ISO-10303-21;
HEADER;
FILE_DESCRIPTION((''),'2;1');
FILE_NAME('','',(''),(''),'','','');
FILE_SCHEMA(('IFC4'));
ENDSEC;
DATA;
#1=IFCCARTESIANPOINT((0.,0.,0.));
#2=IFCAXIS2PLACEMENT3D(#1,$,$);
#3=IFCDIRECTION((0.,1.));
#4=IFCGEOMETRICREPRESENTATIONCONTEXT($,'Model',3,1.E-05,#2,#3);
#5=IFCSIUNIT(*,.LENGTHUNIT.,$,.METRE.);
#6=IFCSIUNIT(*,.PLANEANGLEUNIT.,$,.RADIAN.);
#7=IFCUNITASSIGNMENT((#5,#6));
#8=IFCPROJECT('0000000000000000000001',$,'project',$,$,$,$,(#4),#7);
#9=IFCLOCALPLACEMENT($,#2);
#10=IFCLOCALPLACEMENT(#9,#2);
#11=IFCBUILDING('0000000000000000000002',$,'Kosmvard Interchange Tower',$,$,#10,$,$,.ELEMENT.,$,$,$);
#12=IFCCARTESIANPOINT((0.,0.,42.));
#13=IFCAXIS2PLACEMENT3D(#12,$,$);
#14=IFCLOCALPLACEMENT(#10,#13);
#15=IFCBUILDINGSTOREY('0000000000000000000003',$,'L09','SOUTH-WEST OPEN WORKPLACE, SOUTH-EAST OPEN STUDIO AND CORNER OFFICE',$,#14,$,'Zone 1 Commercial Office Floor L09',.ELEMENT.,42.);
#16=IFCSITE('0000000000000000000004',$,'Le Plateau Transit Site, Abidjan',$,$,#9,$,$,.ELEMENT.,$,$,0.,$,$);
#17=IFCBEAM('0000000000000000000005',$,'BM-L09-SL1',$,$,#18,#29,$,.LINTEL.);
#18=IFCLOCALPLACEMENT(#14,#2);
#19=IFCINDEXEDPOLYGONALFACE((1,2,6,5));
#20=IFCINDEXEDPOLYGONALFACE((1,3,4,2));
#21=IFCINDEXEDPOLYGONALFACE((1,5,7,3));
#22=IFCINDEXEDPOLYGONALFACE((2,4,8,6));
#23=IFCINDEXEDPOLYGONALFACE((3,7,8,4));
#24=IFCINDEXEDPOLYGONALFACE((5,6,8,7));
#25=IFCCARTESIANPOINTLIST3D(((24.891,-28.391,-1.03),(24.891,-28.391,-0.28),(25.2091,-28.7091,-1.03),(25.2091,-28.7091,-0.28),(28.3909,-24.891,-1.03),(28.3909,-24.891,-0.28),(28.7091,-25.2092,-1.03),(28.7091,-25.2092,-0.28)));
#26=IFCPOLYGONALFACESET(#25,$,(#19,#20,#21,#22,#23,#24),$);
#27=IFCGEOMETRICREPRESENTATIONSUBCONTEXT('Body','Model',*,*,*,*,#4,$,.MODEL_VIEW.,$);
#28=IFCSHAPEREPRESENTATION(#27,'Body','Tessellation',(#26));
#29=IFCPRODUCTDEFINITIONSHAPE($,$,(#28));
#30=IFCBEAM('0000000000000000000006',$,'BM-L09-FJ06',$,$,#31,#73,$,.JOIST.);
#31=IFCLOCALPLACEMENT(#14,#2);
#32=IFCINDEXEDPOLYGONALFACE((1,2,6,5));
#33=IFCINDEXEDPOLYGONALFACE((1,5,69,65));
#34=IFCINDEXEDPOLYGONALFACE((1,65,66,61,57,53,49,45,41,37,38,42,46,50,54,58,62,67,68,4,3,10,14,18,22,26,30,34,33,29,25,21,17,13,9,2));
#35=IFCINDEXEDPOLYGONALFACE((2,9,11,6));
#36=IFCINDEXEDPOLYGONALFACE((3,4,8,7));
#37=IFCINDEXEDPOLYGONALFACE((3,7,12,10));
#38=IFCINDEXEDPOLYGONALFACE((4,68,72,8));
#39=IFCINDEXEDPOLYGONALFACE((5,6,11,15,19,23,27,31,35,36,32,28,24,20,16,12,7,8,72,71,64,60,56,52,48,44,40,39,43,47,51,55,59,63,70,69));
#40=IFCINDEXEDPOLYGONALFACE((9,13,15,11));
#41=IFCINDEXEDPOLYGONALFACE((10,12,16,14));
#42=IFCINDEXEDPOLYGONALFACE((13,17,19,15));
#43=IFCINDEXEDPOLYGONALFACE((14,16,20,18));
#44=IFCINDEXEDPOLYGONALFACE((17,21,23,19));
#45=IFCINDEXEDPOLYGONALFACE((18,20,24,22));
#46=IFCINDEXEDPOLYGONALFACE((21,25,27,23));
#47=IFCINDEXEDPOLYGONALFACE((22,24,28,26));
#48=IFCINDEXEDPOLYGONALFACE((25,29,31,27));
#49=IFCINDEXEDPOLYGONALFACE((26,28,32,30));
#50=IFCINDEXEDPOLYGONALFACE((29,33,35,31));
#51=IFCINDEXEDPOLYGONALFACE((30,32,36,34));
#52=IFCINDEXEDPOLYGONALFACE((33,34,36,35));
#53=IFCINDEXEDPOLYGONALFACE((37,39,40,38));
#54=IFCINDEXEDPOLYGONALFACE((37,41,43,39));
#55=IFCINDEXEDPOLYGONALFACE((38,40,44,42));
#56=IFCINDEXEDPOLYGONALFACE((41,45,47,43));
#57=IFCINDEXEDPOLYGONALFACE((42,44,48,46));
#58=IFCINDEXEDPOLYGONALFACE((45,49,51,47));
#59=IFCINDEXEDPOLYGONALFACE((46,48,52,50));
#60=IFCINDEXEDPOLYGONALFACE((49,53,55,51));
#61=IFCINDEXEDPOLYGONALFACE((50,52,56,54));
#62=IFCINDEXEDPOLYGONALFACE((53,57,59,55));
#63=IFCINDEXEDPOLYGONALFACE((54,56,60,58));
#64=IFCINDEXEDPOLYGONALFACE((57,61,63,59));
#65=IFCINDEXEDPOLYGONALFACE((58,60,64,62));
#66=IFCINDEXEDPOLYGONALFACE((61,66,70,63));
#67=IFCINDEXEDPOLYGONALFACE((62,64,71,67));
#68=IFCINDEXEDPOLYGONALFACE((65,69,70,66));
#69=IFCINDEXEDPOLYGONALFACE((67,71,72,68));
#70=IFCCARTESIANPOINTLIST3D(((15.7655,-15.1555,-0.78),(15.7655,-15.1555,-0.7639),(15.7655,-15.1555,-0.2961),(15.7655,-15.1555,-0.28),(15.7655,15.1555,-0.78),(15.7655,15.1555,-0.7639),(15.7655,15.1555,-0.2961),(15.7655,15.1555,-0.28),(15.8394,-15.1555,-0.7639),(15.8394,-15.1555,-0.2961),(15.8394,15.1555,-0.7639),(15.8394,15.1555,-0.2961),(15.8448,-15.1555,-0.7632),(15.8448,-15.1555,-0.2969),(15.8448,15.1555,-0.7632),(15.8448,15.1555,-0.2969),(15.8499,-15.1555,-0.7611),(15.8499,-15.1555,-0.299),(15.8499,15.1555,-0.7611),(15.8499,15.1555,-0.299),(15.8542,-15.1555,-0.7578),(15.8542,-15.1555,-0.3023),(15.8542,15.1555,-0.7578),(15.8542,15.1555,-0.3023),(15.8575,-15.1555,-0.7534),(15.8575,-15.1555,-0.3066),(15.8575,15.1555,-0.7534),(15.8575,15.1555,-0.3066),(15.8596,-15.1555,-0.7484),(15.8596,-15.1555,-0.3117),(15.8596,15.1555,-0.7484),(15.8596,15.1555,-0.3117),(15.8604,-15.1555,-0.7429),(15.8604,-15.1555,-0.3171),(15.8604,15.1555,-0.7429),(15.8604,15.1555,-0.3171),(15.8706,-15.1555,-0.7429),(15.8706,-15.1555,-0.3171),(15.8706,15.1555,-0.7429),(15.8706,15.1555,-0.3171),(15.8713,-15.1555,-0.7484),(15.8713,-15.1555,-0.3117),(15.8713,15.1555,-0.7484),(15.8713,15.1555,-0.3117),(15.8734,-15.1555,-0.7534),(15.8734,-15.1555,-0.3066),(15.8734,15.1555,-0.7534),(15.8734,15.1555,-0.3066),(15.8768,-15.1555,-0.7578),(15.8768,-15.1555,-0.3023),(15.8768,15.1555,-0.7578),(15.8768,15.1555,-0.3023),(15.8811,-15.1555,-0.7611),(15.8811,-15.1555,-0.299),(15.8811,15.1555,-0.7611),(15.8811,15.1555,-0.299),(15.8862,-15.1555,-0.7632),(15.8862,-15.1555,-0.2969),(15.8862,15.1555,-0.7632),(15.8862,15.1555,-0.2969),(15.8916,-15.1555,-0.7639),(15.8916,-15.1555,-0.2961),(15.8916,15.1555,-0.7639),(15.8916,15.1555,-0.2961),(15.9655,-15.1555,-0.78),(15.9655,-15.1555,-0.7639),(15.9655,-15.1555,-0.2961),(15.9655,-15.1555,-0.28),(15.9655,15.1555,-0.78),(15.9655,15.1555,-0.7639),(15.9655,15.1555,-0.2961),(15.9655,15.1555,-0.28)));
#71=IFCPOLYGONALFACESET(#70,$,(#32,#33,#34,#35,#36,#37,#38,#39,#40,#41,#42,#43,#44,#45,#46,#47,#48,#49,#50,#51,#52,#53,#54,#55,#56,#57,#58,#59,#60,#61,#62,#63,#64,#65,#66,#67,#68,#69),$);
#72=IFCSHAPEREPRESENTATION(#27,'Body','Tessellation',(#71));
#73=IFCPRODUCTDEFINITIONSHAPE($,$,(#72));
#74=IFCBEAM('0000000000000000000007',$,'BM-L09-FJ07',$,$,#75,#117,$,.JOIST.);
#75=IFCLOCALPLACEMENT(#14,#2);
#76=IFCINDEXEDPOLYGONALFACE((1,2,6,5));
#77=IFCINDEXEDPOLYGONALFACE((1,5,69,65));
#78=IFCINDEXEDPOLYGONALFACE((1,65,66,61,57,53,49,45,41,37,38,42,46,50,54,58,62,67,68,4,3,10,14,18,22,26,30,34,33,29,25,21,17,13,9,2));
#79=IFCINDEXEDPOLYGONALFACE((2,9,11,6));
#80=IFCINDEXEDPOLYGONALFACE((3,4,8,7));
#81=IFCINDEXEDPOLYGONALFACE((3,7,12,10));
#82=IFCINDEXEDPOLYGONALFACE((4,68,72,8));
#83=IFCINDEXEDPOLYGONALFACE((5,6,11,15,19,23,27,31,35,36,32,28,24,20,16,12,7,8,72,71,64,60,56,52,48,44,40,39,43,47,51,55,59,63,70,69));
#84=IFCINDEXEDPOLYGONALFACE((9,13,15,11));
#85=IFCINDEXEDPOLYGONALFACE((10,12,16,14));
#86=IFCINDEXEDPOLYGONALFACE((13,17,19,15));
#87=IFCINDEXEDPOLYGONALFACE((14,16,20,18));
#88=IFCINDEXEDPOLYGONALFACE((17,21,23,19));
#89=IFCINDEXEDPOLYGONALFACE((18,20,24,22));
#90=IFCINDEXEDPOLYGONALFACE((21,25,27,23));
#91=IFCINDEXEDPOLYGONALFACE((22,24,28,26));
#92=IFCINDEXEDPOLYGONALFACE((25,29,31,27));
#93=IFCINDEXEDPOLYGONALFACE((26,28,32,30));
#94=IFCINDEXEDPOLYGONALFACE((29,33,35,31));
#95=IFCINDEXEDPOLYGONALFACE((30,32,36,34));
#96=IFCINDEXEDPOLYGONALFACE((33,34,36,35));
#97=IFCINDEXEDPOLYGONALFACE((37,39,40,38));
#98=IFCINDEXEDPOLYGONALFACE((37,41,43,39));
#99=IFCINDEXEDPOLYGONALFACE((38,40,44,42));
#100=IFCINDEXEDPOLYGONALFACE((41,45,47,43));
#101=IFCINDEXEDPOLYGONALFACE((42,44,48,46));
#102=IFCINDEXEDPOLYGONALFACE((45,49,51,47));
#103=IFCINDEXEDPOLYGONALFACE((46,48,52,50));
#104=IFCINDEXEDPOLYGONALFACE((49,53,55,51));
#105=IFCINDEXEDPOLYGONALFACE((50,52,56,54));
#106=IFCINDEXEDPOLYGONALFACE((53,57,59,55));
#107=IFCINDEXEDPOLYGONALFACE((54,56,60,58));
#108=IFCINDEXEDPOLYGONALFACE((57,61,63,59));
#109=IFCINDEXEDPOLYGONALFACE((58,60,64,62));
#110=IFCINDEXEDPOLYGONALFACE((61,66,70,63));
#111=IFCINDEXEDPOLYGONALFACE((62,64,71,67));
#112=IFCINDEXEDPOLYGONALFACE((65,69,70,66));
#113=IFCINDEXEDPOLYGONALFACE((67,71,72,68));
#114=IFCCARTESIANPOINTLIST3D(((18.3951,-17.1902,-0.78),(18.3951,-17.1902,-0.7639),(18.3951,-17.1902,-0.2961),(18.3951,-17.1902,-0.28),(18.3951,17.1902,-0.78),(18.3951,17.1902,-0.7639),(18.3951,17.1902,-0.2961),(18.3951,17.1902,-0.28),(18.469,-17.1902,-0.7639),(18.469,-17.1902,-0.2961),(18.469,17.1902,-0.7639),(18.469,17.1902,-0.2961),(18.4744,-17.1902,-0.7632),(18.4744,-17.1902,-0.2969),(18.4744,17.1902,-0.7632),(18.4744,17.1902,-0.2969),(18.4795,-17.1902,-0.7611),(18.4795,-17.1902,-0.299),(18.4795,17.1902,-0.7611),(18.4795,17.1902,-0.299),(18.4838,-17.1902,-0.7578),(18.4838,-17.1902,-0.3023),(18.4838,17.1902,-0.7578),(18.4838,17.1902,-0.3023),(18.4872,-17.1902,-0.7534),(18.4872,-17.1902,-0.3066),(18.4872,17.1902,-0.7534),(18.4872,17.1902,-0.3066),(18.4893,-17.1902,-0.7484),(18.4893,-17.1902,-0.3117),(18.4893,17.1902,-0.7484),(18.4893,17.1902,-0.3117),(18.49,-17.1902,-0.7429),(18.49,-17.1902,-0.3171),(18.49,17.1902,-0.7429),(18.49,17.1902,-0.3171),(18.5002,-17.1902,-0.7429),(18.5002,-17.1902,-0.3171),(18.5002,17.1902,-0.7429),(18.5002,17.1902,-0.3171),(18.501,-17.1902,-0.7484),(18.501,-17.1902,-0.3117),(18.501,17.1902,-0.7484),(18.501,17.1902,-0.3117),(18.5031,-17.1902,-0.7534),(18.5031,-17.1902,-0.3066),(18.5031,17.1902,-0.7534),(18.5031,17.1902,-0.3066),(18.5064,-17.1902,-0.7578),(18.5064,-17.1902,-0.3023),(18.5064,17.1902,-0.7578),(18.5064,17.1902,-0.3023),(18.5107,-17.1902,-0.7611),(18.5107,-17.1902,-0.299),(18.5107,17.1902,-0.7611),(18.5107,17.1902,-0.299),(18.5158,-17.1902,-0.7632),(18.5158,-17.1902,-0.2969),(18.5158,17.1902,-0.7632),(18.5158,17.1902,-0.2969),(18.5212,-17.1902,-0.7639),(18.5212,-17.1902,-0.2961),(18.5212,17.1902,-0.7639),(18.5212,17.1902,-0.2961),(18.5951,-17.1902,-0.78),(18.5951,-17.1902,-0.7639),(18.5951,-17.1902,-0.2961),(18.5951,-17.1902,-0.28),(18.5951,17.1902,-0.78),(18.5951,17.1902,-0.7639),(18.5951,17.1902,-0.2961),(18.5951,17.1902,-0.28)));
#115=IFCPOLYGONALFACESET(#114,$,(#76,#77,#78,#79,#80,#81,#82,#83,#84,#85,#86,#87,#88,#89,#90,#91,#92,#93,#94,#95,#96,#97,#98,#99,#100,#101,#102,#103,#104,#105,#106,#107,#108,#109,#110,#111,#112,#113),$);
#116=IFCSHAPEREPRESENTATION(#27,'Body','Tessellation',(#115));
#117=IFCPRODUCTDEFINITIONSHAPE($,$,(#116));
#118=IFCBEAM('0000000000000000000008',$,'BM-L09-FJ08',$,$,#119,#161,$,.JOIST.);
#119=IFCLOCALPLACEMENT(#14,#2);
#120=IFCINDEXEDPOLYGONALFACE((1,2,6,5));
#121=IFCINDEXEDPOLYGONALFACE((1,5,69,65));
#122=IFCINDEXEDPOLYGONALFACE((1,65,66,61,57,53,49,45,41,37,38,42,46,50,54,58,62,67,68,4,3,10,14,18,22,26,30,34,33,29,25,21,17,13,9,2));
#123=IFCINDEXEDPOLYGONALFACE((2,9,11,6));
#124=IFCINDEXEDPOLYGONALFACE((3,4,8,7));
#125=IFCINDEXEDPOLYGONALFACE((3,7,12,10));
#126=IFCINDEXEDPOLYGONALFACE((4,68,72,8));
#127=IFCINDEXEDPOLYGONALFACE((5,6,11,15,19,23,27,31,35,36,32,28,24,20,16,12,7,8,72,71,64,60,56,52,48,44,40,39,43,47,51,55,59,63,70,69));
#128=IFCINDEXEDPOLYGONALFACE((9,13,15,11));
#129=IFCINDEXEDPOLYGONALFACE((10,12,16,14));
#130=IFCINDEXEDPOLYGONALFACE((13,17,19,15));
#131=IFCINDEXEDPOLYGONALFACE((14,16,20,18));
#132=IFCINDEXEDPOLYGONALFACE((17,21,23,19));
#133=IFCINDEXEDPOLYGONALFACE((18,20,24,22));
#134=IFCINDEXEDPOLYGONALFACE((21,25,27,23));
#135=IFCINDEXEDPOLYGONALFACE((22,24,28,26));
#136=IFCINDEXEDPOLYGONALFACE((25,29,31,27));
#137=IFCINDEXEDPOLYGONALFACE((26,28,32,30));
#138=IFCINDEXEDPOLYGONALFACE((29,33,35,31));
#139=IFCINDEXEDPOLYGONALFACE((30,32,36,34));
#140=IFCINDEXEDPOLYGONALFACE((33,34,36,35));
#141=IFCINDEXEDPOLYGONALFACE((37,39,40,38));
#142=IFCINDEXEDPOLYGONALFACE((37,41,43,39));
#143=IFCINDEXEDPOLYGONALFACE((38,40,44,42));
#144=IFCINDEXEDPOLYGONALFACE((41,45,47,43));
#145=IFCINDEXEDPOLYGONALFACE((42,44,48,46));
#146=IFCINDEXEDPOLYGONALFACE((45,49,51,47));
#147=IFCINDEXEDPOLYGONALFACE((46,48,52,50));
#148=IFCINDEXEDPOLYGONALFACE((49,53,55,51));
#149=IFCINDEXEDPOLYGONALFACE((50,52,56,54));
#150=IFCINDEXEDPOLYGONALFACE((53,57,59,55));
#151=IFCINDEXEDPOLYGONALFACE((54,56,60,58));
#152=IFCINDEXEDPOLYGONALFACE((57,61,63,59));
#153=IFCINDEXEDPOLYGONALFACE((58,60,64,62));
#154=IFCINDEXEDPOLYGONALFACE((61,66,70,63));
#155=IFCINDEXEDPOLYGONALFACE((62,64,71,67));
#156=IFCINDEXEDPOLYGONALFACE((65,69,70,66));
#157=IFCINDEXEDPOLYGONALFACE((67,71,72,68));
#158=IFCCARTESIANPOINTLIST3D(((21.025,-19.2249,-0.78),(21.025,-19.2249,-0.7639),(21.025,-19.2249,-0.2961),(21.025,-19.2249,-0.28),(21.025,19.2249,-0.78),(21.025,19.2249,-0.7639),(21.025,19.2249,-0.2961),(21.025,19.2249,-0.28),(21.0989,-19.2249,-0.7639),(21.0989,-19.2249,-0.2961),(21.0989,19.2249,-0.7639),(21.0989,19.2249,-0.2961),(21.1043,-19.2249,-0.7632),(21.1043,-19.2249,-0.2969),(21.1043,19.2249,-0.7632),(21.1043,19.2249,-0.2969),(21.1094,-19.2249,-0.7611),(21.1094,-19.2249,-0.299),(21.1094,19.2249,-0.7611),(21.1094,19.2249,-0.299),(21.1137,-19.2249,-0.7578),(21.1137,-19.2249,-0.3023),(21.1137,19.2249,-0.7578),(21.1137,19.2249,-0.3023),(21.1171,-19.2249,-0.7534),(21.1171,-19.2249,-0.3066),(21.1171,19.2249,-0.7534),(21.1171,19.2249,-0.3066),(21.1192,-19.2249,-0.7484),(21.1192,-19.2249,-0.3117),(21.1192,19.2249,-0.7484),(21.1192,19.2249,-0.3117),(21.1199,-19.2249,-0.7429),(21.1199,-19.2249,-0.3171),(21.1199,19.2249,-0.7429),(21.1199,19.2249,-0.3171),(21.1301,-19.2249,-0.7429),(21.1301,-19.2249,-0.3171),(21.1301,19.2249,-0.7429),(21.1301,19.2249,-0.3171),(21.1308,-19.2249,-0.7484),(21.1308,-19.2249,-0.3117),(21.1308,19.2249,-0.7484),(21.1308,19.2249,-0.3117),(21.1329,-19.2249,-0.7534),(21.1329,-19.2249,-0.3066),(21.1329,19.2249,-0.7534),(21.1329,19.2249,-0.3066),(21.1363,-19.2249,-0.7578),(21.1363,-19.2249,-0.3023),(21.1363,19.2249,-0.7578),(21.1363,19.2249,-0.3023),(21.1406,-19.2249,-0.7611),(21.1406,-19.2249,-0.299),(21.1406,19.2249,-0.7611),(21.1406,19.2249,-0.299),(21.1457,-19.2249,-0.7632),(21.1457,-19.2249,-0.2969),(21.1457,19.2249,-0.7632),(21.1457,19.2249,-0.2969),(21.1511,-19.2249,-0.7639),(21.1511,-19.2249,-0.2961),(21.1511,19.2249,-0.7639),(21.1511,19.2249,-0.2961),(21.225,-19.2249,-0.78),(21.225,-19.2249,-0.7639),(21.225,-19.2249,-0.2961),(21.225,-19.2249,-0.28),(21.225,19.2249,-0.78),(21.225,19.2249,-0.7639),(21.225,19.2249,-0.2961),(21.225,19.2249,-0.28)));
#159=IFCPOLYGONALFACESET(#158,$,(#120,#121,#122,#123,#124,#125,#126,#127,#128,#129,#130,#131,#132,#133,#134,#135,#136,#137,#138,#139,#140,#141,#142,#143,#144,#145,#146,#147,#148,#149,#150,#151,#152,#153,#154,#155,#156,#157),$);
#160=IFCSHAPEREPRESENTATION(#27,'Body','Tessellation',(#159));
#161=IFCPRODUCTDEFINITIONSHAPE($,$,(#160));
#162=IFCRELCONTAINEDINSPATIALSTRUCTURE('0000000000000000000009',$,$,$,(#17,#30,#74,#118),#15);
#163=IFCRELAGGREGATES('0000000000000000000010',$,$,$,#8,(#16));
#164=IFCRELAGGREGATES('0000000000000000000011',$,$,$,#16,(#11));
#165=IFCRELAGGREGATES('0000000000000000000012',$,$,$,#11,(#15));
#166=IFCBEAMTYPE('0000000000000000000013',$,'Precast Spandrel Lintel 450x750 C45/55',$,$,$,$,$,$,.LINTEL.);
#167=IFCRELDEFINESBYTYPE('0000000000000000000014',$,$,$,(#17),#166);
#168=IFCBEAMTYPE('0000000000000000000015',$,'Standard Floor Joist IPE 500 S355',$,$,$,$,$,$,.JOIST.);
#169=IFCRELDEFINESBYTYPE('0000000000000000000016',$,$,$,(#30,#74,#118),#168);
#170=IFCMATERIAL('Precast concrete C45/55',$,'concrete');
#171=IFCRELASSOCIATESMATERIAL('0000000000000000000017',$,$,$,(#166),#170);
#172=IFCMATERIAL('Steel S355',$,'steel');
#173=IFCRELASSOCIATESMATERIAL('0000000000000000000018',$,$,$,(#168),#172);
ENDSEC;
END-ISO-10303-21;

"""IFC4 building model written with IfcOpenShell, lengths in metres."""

from ifc_helpers import new_model, si_unit, direction, frame, origin, origin_2d, place, context, subcontext, project, spatial, rectangle, i_section, extrude, source, transform, mapped, material, material_profile, profile_set, type_object, element, save


model = new_model("IFC4")

# Units and contexts
model_context = context("Model", 3, precision=1e-05, world=origin(), true_north=direction((0.0, 1.0)))
body_context = subcontext(model_context, "Body", "Model", "MODEL_VIEW")
ifc_project = project(units=[si_unit("LENGTHUNIT", "METRE"), si_unit("PLANEANGLEUNIT", "RADIAN")], contexts=[model_context])

# Site, building, storey
site_placement = place(None, origin())
site = spatial("IfcSite", under=ifc_project, at=site_placement, Name="Le Plateau Transit Site, Abidjan", CompositionType="ELEMENT", RefElevation=0.0)
building_placement = place(site_placement, origin())
building = spatial("IfcBuilding", under=site, at=building_placement, Name="Kosmvard Interchange Tower", CompositionType="ELEMENT")
storey_placement = place(building_placement, frame((0.0, 0.0, 42.0)))
storey = spatial("IfcBuildingStorey", under=building, at=storey_placement, Name="L09", Description="SOUTH-WEST OPEN WORKPLACE, SOUTH-EAST OPEN STUDIO AND CORNER OFFICE", LongName="Zone 1 Commercial Office Floor L09", CompositionType="ELEMENT", Elevation=42.0)

# Beams
ifc_material_1 = material(Name="Steel S355", Category="steel")
ifc_material_2 = material(Name="Precast concrete C45/55", Category="concrete")
ifc_material_profile_1 = material_profile(ifc_material_2, rectangle(XDim=0.45, YDim=0.75, at=origin_2d()), Name="SL 450x750")
ifc_profile_set_1 = profile_set([ifc_material_profile_1], Name="Precast concrete C45/55")
beam_type_1 = type_object("IfcBeamType", Name="Precast Spandrel Lintel 450x750 C45/55", PredefinedType="LINTEL", material=ifc_profile_set_1)
shared_shape_1 = source(origin(), body_context, "Body", "SweptSolid", [
    extrude(rectangle(XDim=0.45, YDim=0.75, at=origin_2d()), origin(), (0.0, 0.0, 1.0), 4.9497),
])
beam_1_placement = place(storey_placement, frame((25.05, -28.55, -0.655), z_axis=(0.707107, 0.707107, 0.0), x_axis=(-0.707107, 0.707107, 0.0)))
element("IfcBeam", 1, at=beam_1_placement, inside=storey, type_object=beam_type_1, Name="BM-L09-SL1", PredefinedType="LINTEL", context=body_context, shape_type="MappedRepresentation", body=[
    mapped(shared_shape_1, transform((0.0, 0.0, 0.0), scale=1.0)),
])
ifc_material_profile_2 = material_profile(ifc_material_1, i_section(OverallWidth=0.2, OverallDepth=0.5, WebThickness=0.0103, FlangeThickness=0.0161, FilletRadius=0.021, at=origin_2d()), Name="IPE 500")
ifc_profile_set_2 = profile_set([ifc_material_profile_2], Name="Steel S355")
beam_type_2 = type_object("IfcBeamType", Name="Standard Floor Joist IPE 500 S355", PredefinedType="JOIST", material=ifc_profile_set_2)
shared_shape_2 = source(origin(), body_context, "Body", "SweptSolid", [
    extrude(i_section(OverallWidth=0.2, OverallDepth=0.5, WebThickness=0.0103, FlangeThickness=0.0161, FilletRadius=0.021, at=origin_2d()), origin(), (0.0, 0.0, 1.0), 30.311),
])
beam_2_placement = place(storey_placement, frame((15.8655, -15.1555, -0.53), z_axis=(0.0, 1.0, 0.0), x_axis=(-1.0, 0.0, 0.0)))
element("IfcBeam", 2, at=beam_2_placement, inside=storey, type_object=beam_type_2, Name="BM-L09-FJ06", PredefinedType="JOIST", context=body_context, shape_type="MappedRepresentation", body=[
    mapped(shared_shape_2, transform((0.0, 0.0, 0.0), scale=1.0)),
])
shared_shape_3 = source(origin(), body_context, "Body", "SweptSolid", [
    extrude(i_section(OverallWidth=0.2, OverallDepth=0.5, WebThickness=0.0103, FlangeThickness=0.0161, FilletRadius=0.021, at=origin_2d()), origin(), (0.0, 0.0, 1.0), 34.3804),
])
beam_3_placement = place(storey_placement, frame((18.4951, -17.1902, -0.53), z_axis=(0.0, 1.0, 0.0), x_axis=(-1.0, 0.0, 0.0)))
element("IfcBeam", 3, at=beam_3_placement, inside=storey, type_object=beam_type_2, Name="BM-L09-FJ07", PredefinedType="JOIST", context=body_context, shape_type="MappedRepresentation", body=[
    mapped(shared_shape_3, transform((0.0, 0.0, 0.0), scale=1.0)),
])
shared_shape_4 = source(origin(), body_context, "Body", "SweptSolid", [
    extrude(i_section(OverallWidth=0.2, OverallDepth=0.5, WebThickness=0.0103, FlangeThickness=0.0161, FilletRadius=0.021, at=origin_2d()), origin(), (0.0, 0.0, 1.0), 38.4497),
])
beam_4_placement = place(storey_placement, frame((21.125, -19.2249, -0.53), z_axis=(0.0, 1.0, 0.0), x_axis=(-1.0, 0.0, 0.0)))
element("IfcBeam", 4, at=beam_4_placement, inside=storey, type_object=beam_type_2, Name="BM-L09-FJ08", PredefinedType="JOIST", context=body_context, shape_type="MappedRepresentation", body=[
    mapped(shared_shape_4, transform((0.0, 0.0, 0.0), scale=1.0)),
])

save(model, "model.ifc")
